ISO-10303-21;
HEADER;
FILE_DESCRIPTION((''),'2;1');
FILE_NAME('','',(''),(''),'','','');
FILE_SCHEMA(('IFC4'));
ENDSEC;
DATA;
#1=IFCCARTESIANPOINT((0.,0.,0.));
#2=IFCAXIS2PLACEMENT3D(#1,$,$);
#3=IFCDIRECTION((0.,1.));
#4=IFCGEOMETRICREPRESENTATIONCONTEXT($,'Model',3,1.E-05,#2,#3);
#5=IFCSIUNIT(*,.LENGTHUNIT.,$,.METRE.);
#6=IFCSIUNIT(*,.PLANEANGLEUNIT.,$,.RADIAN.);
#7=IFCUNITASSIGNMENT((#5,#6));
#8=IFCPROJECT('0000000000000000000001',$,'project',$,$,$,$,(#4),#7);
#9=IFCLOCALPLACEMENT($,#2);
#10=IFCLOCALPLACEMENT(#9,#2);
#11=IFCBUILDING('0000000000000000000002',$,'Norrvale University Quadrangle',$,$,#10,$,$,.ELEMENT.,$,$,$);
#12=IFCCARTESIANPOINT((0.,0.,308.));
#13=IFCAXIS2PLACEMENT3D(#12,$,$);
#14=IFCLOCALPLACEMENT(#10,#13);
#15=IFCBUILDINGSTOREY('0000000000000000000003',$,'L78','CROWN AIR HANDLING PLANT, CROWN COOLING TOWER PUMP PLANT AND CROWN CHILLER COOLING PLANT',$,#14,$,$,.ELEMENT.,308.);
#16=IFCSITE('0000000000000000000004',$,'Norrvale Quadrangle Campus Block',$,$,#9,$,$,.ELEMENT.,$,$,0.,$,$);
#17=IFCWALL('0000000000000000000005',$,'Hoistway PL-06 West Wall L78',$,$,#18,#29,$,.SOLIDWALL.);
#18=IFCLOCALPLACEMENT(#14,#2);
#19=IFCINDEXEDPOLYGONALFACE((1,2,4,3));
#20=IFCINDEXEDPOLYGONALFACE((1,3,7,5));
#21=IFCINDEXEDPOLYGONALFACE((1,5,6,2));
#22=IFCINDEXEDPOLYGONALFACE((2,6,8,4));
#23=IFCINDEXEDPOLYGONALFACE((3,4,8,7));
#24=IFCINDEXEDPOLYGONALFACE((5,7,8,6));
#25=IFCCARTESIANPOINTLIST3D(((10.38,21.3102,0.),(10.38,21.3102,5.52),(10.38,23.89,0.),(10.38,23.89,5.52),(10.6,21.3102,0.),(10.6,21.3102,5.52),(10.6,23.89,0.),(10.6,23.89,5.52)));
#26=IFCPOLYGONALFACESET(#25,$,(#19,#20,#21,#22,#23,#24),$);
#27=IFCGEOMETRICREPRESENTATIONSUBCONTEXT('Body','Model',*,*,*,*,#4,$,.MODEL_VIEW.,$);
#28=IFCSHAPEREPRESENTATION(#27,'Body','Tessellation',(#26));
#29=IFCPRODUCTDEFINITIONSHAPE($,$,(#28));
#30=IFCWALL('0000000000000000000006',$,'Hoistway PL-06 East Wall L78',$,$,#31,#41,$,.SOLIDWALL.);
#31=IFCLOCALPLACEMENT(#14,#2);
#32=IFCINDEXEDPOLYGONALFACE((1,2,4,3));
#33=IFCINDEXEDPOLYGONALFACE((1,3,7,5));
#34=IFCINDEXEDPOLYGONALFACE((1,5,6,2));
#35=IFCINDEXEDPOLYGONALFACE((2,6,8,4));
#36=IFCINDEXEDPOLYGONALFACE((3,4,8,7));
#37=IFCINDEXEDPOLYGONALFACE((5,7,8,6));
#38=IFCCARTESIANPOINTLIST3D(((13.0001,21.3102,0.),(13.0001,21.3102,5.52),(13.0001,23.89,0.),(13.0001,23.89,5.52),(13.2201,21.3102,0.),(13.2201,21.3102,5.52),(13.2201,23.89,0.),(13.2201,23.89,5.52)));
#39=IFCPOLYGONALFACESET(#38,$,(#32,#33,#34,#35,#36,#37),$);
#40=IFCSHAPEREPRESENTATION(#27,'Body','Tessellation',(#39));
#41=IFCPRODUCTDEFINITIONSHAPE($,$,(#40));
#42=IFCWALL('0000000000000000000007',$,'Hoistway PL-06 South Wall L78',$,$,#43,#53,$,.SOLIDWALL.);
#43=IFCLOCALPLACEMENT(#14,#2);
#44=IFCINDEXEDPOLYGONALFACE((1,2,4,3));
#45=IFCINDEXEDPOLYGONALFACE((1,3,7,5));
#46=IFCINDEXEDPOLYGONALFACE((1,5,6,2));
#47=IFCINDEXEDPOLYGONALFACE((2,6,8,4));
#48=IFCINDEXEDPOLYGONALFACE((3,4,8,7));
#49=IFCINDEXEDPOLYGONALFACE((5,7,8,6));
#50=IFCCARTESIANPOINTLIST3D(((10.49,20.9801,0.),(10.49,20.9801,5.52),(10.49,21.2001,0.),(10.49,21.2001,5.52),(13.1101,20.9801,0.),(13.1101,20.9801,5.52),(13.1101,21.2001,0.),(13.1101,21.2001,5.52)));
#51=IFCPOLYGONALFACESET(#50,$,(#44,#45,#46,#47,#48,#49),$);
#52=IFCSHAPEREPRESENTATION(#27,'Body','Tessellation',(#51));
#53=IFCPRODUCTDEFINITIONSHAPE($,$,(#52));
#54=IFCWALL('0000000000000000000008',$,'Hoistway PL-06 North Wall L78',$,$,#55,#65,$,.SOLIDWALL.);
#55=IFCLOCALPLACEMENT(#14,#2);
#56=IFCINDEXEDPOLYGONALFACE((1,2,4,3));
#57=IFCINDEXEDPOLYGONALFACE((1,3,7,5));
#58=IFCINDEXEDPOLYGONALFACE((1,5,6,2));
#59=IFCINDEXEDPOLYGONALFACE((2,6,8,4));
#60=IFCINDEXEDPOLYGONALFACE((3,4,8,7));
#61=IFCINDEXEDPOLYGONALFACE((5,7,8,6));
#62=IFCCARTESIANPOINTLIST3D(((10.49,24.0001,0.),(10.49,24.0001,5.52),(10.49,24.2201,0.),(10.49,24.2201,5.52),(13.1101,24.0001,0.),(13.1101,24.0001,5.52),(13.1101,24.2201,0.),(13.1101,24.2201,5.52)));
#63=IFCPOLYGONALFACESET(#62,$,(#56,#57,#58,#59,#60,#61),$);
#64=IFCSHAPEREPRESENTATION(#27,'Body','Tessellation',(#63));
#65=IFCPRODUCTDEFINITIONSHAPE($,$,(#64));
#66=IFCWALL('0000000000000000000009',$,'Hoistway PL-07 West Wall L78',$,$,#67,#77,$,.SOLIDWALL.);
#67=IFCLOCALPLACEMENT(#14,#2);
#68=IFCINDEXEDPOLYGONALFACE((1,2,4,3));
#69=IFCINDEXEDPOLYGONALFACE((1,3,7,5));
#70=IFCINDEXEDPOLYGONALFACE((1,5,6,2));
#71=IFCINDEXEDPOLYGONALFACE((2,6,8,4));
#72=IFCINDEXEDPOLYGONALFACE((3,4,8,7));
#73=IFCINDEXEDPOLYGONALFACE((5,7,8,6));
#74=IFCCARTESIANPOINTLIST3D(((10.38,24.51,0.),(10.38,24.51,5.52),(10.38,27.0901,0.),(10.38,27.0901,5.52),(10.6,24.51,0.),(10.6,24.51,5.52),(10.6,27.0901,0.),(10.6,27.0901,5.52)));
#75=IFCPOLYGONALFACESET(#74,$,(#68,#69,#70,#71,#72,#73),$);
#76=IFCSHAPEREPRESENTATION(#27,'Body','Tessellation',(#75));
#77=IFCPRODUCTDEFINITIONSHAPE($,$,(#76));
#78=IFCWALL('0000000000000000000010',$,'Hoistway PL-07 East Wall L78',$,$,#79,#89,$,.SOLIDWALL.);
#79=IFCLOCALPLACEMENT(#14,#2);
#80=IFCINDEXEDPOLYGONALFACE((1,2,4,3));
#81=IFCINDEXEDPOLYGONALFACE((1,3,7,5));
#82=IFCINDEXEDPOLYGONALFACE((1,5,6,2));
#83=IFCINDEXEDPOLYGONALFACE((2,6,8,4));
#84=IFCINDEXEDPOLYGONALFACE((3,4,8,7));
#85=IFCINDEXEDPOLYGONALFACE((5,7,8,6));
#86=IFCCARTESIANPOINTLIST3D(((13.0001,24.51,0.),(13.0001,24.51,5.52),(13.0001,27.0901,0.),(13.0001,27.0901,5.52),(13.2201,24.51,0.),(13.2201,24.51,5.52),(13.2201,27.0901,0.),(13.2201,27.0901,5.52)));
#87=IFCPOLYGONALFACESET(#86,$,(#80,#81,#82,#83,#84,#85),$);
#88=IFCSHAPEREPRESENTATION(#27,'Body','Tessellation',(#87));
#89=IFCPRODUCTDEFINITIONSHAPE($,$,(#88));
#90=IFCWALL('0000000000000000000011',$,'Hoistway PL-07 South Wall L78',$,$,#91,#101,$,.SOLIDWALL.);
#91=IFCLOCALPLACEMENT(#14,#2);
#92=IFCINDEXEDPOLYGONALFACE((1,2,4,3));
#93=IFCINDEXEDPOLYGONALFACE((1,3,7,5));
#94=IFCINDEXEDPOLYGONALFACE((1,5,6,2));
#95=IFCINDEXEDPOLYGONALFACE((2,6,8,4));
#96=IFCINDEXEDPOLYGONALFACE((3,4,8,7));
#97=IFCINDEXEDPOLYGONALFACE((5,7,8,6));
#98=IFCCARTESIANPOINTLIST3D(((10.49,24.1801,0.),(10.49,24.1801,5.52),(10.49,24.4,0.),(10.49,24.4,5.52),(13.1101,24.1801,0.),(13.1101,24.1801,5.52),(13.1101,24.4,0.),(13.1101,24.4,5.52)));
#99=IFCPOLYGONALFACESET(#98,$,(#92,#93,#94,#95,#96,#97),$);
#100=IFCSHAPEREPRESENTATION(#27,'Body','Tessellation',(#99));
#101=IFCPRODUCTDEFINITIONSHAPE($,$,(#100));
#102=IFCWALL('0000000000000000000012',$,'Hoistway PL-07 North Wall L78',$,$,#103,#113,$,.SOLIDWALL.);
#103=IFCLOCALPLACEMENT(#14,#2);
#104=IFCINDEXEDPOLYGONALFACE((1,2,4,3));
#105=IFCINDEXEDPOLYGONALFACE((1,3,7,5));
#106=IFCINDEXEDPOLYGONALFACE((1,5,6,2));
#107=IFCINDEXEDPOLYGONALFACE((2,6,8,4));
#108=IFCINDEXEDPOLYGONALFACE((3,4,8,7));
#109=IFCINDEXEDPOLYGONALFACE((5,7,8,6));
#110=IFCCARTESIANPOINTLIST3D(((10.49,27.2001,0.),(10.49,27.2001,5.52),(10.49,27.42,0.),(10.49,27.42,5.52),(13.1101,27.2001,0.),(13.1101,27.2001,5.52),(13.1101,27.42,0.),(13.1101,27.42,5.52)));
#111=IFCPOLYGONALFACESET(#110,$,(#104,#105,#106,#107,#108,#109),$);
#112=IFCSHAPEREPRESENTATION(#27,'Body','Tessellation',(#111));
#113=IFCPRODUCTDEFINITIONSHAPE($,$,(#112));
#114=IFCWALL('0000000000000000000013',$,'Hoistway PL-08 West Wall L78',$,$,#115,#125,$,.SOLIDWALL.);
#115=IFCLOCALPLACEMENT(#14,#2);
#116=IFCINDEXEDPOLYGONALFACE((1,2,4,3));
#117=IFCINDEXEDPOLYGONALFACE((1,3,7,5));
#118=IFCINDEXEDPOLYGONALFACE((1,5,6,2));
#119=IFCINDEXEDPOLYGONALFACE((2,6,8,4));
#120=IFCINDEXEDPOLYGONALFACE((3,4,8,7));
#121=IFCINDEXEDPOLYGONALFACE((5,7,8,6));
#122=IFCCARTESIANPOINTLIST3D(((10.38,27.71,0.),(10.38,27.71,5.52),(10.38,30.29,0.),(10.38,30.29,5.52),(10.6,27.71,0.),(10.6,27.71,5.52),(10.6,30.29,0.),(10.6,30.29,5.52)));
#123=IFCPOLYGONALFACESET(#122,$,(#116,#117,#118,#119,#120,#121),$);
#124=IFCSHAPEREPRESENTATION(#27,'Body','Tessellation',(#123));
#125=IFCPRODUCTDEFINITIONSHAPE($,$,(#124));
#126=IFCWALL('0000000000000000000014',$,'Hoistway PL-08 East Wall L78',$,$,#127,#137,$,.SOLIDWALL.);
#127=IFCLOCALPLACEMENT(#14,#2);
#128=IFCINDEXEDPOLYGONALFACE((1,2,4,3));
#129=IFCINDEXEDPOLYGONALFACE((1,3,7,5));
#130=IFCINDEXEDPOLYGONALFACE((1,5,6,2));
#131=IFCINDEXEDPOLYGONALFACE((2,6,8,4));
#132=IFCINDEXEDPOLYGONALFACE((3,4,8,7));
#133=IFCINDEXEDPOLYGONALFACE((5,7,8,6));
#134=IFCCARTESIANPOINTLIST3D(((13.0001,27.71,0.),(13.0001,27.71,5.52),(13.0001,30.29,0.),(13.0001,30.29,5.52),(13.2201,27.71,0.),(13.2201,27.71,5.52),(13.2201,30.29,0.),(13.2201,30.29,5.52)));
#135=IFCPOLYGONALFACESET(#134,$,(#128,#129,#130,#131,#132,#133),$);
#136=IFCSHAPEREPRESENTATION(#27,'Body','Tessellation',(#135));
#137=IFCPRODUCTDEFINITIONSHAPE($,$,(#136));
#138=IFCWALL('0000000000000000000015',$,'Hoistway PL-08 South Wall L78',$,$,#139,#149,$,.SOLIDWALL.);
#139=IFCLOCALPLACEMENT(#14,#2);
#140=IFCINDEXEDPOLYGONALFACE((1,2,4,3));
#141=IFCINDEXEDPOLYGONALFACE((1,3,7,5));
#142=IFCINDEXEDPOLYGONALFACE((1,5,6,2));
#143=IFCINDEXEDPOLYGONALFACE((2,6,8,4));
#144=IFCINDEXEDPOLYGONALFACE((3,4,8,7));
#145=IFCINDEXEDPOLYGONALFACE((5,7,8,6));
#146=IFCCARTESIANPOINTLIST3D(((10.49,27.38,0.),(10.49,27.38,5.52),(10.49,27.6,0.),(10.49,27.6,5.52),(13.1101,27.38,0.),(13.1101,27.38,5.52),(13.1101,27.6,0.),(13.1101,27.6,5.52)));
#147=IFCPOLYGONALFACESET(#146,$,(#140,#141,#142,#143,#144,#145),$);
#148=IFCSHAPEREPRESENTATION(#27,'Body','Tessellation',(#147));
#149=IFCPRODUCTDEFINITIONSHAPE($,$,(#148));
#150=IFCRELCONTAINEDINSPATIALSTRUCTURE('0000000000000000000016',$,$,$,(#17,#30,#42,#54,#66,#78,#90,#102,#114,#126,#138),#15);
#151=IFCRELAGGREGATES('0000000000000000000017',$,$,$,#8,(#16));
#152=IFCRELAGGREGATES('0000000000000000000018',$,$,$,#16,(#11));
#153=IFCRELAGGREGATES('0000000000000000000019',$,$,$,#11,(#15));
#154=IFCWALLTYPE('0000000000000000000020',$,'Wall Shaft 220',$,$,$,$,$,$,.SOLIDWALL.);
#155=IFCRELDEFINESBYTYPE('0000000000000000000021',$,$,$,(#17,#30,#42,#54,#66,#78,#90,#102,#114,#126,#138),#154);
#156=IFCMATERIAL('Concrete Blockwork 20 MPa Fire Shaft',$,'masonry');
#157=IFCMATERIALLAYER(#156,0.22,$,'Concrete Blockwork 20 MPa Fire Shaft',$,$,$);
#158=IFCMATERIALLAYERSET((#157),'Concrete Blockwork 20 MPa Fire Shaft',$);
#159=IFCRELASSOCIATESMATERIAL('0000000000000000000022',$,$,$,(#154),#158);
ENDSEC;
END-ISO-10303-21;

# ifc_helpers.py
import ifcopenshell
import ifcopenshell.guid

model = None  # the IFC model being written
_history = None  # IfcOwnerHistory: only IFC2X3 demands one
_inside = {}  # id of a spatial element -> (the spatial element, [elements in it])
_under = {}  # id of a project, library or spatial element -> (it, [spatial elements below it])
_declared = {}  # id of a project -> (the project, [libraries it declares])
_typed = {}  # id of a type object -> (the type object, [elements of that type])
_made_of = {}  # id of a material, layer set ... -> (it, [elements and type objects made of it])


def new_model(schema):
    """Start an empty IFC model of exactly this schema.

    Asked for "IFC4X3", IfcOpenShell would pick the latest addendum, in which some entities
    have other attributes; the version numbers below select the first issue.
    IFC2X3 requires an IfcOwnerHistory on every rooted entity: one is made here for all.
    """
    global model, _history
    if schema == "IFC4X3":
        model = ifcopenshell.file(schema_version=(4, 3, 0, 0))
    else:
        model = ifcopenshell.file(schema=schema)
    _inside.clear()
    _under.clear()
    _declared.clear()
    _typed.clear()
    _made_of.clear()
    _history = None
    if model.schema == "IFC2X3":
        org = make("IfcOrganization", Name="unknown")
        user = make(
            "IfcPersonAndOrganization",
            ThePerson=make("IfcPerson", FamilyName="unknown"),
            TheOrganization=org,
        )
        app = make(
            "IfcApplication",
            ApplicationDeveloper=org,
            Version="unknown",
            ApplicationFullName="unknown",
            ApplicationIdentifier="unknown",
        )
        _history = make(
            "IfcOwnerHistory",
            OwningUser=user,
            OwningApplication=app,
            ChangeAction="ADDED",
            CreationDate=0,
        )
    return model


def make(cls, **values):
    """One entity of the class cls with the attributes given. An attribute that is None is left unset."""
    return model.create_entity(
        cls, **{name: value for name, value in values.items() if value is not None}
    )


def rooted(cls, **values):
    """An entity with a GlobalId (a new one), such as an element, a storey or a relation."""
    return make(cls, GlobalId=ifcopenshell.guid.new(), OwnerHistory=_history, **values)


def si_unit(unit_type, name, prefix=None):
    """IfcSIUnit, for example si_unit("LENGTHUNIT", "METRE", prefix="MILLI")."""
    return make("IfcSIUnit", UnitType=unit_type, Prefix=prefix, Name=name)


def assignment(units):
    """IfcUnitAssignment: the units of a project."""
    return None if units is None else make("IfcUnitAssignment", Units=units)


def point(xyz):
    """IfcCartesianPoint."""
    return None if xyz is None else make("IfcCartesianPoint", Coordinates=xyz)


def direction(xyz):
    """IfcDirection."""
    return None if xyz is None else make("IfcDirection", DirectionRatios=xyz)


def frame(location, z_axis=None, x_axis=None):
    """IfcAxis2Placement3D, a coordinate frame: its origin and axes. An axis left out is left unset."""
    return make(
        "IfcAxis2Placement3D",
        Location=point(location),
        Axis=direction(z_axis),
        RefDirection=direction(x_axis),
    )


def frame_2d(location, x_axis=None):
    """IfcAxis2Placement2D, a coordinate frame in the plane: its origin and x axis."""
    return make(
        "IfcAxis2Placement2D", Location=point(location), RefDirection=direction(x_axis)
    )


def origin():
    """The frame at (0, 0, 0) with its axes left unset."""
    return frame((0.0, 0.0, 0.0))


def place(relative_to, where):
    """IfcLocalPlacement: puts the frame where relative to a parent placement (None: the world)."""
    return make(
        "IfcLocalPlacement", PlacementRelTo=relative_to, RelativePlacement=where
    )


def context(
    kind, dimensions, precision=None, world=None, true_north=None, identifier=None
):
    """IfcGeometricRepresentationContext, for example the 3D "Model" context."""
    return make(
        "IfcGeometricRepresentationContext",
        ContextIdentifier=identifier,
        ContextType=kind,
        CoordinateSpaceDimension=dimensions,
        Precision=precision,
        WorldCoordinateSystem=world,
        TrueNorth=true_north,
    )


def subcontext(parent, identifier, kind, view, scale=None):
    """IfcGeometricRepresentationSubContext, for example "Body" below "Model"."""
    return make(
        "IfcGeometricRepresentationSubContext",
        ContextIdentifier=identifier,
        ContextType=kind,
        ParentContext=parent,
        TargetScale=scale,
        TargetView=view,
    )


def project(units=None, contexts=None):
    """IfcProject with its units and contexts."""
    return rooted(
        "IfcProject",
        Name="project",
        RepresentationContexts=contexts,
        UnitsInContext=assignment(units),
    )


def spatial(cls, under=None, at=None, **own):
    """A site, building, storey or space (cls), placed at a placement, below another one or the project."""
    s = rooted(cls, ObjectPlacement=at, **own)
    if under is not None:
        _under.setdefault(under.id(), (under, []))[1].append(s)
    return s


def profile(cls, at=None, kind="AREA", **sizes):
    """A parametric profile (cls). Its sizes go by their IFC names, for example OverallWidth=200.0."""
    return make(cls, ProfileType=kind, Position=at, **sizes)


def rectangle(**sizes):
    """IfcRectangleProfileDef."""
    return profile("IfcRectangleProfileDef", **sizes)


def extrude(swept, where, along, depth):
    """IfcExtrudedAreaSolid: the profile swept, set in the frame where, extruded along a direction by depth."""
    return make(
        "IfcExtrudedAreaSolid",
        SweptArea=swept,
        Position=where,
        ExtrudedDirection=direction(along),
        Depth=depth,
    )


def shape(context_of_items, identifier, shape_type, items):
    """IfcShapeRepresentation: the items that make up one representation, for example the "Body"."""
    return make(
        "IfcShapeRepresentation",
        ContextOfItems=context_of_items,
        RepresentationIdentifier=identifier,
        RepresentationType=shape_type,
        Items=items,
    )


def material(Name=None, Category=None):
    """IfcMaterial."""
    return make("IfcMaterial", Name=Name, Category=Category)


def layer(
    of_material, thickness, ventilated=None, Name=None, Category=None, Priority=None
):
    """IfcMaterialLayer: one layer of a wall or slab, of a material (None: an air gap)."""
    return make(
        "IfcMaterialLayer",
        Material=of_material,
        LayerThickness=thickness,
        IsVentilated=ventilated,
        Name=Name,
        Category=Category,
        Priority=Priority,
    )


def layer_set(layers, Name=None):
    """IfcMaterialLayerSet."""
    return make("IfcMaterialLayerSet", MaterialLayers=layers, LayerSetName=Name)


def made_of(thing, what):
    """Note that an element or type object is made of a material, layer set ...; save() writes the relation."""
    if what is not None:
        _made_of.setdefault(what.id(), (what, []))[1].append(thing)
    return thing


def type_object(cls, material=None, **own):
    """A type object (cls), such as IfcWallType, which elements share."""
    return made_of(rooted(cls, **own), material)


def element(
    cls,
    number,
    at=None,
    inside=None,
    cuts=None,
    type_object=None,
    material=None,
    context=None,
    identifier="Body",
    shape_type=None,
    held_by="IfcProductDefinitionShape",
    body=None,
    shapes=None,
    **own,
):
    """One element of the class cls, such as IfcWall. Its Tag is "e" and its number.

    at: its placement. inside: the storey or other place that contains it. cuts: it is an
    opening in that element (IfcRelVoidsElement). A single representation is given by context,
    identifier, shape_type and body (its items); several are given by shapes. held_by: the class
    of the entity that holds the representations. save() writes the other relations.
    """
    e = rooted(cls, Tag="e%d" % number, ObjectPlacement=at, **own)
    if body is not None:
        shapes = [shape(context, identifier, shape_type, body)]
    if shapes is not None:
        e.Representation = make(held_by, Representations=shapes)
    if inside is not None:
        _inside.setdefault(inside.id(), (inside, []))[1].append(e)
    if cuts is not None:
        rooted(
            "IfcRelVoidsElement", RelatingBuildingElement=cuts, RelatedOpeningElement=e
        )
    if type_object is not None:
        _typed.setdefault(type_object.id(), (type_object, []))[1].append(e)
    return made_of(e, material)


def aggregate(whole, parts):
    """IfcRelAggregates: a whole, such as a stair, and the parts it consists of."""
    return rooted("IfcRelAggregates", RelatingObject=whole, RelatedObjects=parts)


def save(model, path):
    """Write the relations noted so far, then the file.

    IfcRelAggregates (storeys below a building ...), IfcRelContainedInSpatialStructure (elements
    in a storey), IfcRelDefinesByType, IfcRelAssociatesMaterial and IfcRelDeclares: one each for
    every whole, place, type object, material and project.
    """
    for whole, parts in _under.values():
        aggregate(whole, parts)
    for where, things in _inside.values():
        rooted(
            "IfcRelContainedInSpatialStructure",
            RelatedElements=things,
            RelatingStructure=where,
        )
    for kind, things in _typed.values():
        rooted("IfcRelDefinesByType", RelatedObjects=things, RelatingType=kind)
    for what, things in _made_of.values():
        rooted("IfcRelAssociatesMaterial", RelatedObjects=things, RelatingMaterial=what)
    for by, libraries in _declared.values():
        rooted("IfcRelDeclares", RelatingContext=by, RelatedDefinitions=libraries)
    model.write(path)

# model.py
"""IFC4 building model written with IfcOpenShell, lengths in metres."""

from ifc_helpers import new_model, si_unit, direction, frame, frame_2d, origin, place, context, subcontext, project, spatial, rectangle, extrude, material, layer, layer_set, type_object, element, save


model = new_model("IFC4")

# Units and contexts
model_context = context("Model", 3, precision=1e-05, world=origin(), true_north=direction((0.0, 1.0)))
body_context = subcontext(model_context, "Body", "Model", "MODEL_VIEW")
ifc_project = project(units=[si_unit("LENGTHUNIT", "METRE"), si_unit("PLANEANGLEUNIT", "RADIAN")], contexts=[model_context])

# Site, building, storey
site_placement = place(None, origin())
site = spatial("IfcSite", under=ifc_project, at=site_placement, Name="Norrvale Quadrangle Campus Block", CompositionType="ELEMENT", RefElevation=0.0)
building_placement = place(site_placement, origin())
building = spatial("IfcBuilding", under=site, at=building_placement, Name="Norrvale University Quadrangle", CompositionType="ELEMENT")
storey_placement = place(building_placement, frame((0.0, 0.0, 308.0)))
storey = spatial("IfcBuildingStorey", under=building, at=storey_placement, Name="L78", Description="CROWN AIR HANDLING PLANT, CROWN COOLING TOWER PUMP PLANT AND CROWN CHILLER COOLING PLANT", CompositionType="ELEMENT", Elevation=308.0)

# Walls
ifc_material_1 = material(Name="Concrete Blockwork 20 MPa Fire Shaft", Category="masonry")
ifc_layer_1 = layer(ifc_material_1, 0.22, Name="Concrete Blockwork 20 MPa Fire Shaft")
ifc_layer_set_1 = layer_set([ifc_layer_1], Name="Concrete Blockwork 20 MPa Fire Shaft")
wall_type_1 = type_object("IfcWallType", Name="Wall Shaft 220", PredefinedType="SOLIDWALL", material=ifc_layer_set_1)
for number, where, z_axis, x_axis, name in (
    (1, (10.49, 21.3101, 0.0), (0.0, 0.0, 1.0), (0.0, 1.0, 0.0), "Hoistway PL-06 West Wall L78"),
    (2, (13.1101, 21.3101, 0.0), (0.0, 0.0, 1.0), (0.0, 1.0, 0.0), "Hoistway PL-06 East Wall L78"),
):
    element("IfcWall", number, at=place(storey_placement, frame(where, z_axis=z_axis, x_axis=x_axis)), inside=storey, type_object=wall_type_1, Name=name, PredefinedType="SOLIDWALL", context=body_context, shape_type="SweptSolid", body=[
        extrude(rectangle(XDim=2.5798, YDim=0.22, at=frame_2d((1.29, 0.0))), origin(), (0.0, 0.0, 1.0), 5.52),
    ])
for number, where, z_axis, x_axis, name in (
    (3, (10.49, 21.0901, 0.0), (0.0, 0.0, 1.0), (1.0, 0.0, 0.0), "Hoistway PL-06 South Wall L78"),
    (4, (10.49, 24.1101, 0.0), (0.0, 0.0, 1.0), (1.0, 0.0, 0.0), "Hoistway PL-06 North Wall L78"),
):
    element("IfcWall", number, at=place(storey_placement, frame(where, z_axis=z_axis, x_axis=x_axis)), inside=storey, type_object=wall_type_1, Name=name, PredefinedType="SOLIDWALL", context=body_context, shape_type="SweptSolid", body=[
        extrude(rectangle(XDim=2.6201, YDim=0.22, at=frame_2d((1.3101, 0.0))), origin(), (0.0, 0.0, 1.0), 5.52),
    ])
for number, where, z_axis, x_axis, name in (
    (5, (10.49, 24.51, 0.0), (0.0, 0.0, 1.0), (0.0, 1.0, 0.0), "Hoistway PL-07 West Wall L78"),
    (6, (13.1101, 24.51, 0.0), (0.0, 0.0, 1.0), (0.0, 1.0, 0.0), "Hoistway PL-07 East Wall L78"),
):
    element("IfcWall", number, at=place(storey_placement, frame(where, z_axis=z_axis, x_axis=x_axis)), inside=storey, type_object=wall_type_1, Name=name, PredefinedType="SOLIDWALL", context=body_context, shape_type="SweptSolid", body=[
        extrude(rectangle(XDim=2.5801, YDim=0.22, at=frame_2d((1.29, 0.0))), origin(), (0.0, 0.0, 1.0), 5.52),
    ])
for number, where, z_axis, x_axis, name in (
    (7, (10.49, 24.29, 0.0), (0.0, 0.0, 1.0), (1.0, 0.0, 0.0), "Hoistway PL-07 South Wall L78"),
    (8, (10.49, 27.3101, 0.0), (0.0, 0.0, 1.0), (1.0, 0.0, 0.0), "Hoistway PL-07 North Wall L78"),
):
    element("IfcWall", number, at=place(storey_placement, frame(where, z_axis=z_axis, x_axis=x_axis)), inside=storey, type_object=wall_type_1, Name=name, PredefinedType="SOLIDWALL", context=body_context, shape_type="SweptSolid", body=[
        extrude(rectangle(XDim=2.6201, YDim=0.22, at=frame_2d((1.3101, 0.0))), origin(), (0.0, 0.0, 1.0), 5.52),
    ])
for number, where, z_axis, x_axis, name in (
    (9, (10.49, 27.71, 0.0), (0.0, 0.0, 1.0), (0.0, 1.0, 0.0), "Hoistway PL-08 West Wall L78"),
    (10, (13.1101, 27.71, 0.0), (0.0, 0.0, 1.0), (0.0, 1.0, 0.0), "Hoistway PL-08 East Wall L78"),
):
    element("IfcWall", number, at=place(storey_placement, frame(where, z_axis=z_axis, x_axis=x_axis)), inside=storey, type_object=wall_type_1, Name=name, PredefinedType="SOLIDWALL", context=body_context, shape_type="SweptSolid", body=[
        extrude(rectangle(XDim=2.5801, YDim=0.22, at=frame_2d((1.29, 0.0))), origin(), (0.0, 0.0, 1.0), 5.52),
    ])
wall_1_placement = place(storey_placement, frame((10.49, 27.49, 0.0), z_axis=(0.0, 0.0, 1.0), x_axis=(1.0, 0.0, 0.0)))
element("IfcWall", 11, at=wall_1_placement, inside=storey, type_object=wall_type_1, Name="Hoistway PL-08 South Wall L78", PredefinedType="SOLIDWALL", context=body_context, shape_type="SweptSolid", body=[
    extrude(rectangle(XDim=2.6201, YDim=0.22, at=frame_2d((1.3101, 0.0))), origin(), (0.0, 0.0, 1.0), 5.52),
])

save(model, "model.ifc")
